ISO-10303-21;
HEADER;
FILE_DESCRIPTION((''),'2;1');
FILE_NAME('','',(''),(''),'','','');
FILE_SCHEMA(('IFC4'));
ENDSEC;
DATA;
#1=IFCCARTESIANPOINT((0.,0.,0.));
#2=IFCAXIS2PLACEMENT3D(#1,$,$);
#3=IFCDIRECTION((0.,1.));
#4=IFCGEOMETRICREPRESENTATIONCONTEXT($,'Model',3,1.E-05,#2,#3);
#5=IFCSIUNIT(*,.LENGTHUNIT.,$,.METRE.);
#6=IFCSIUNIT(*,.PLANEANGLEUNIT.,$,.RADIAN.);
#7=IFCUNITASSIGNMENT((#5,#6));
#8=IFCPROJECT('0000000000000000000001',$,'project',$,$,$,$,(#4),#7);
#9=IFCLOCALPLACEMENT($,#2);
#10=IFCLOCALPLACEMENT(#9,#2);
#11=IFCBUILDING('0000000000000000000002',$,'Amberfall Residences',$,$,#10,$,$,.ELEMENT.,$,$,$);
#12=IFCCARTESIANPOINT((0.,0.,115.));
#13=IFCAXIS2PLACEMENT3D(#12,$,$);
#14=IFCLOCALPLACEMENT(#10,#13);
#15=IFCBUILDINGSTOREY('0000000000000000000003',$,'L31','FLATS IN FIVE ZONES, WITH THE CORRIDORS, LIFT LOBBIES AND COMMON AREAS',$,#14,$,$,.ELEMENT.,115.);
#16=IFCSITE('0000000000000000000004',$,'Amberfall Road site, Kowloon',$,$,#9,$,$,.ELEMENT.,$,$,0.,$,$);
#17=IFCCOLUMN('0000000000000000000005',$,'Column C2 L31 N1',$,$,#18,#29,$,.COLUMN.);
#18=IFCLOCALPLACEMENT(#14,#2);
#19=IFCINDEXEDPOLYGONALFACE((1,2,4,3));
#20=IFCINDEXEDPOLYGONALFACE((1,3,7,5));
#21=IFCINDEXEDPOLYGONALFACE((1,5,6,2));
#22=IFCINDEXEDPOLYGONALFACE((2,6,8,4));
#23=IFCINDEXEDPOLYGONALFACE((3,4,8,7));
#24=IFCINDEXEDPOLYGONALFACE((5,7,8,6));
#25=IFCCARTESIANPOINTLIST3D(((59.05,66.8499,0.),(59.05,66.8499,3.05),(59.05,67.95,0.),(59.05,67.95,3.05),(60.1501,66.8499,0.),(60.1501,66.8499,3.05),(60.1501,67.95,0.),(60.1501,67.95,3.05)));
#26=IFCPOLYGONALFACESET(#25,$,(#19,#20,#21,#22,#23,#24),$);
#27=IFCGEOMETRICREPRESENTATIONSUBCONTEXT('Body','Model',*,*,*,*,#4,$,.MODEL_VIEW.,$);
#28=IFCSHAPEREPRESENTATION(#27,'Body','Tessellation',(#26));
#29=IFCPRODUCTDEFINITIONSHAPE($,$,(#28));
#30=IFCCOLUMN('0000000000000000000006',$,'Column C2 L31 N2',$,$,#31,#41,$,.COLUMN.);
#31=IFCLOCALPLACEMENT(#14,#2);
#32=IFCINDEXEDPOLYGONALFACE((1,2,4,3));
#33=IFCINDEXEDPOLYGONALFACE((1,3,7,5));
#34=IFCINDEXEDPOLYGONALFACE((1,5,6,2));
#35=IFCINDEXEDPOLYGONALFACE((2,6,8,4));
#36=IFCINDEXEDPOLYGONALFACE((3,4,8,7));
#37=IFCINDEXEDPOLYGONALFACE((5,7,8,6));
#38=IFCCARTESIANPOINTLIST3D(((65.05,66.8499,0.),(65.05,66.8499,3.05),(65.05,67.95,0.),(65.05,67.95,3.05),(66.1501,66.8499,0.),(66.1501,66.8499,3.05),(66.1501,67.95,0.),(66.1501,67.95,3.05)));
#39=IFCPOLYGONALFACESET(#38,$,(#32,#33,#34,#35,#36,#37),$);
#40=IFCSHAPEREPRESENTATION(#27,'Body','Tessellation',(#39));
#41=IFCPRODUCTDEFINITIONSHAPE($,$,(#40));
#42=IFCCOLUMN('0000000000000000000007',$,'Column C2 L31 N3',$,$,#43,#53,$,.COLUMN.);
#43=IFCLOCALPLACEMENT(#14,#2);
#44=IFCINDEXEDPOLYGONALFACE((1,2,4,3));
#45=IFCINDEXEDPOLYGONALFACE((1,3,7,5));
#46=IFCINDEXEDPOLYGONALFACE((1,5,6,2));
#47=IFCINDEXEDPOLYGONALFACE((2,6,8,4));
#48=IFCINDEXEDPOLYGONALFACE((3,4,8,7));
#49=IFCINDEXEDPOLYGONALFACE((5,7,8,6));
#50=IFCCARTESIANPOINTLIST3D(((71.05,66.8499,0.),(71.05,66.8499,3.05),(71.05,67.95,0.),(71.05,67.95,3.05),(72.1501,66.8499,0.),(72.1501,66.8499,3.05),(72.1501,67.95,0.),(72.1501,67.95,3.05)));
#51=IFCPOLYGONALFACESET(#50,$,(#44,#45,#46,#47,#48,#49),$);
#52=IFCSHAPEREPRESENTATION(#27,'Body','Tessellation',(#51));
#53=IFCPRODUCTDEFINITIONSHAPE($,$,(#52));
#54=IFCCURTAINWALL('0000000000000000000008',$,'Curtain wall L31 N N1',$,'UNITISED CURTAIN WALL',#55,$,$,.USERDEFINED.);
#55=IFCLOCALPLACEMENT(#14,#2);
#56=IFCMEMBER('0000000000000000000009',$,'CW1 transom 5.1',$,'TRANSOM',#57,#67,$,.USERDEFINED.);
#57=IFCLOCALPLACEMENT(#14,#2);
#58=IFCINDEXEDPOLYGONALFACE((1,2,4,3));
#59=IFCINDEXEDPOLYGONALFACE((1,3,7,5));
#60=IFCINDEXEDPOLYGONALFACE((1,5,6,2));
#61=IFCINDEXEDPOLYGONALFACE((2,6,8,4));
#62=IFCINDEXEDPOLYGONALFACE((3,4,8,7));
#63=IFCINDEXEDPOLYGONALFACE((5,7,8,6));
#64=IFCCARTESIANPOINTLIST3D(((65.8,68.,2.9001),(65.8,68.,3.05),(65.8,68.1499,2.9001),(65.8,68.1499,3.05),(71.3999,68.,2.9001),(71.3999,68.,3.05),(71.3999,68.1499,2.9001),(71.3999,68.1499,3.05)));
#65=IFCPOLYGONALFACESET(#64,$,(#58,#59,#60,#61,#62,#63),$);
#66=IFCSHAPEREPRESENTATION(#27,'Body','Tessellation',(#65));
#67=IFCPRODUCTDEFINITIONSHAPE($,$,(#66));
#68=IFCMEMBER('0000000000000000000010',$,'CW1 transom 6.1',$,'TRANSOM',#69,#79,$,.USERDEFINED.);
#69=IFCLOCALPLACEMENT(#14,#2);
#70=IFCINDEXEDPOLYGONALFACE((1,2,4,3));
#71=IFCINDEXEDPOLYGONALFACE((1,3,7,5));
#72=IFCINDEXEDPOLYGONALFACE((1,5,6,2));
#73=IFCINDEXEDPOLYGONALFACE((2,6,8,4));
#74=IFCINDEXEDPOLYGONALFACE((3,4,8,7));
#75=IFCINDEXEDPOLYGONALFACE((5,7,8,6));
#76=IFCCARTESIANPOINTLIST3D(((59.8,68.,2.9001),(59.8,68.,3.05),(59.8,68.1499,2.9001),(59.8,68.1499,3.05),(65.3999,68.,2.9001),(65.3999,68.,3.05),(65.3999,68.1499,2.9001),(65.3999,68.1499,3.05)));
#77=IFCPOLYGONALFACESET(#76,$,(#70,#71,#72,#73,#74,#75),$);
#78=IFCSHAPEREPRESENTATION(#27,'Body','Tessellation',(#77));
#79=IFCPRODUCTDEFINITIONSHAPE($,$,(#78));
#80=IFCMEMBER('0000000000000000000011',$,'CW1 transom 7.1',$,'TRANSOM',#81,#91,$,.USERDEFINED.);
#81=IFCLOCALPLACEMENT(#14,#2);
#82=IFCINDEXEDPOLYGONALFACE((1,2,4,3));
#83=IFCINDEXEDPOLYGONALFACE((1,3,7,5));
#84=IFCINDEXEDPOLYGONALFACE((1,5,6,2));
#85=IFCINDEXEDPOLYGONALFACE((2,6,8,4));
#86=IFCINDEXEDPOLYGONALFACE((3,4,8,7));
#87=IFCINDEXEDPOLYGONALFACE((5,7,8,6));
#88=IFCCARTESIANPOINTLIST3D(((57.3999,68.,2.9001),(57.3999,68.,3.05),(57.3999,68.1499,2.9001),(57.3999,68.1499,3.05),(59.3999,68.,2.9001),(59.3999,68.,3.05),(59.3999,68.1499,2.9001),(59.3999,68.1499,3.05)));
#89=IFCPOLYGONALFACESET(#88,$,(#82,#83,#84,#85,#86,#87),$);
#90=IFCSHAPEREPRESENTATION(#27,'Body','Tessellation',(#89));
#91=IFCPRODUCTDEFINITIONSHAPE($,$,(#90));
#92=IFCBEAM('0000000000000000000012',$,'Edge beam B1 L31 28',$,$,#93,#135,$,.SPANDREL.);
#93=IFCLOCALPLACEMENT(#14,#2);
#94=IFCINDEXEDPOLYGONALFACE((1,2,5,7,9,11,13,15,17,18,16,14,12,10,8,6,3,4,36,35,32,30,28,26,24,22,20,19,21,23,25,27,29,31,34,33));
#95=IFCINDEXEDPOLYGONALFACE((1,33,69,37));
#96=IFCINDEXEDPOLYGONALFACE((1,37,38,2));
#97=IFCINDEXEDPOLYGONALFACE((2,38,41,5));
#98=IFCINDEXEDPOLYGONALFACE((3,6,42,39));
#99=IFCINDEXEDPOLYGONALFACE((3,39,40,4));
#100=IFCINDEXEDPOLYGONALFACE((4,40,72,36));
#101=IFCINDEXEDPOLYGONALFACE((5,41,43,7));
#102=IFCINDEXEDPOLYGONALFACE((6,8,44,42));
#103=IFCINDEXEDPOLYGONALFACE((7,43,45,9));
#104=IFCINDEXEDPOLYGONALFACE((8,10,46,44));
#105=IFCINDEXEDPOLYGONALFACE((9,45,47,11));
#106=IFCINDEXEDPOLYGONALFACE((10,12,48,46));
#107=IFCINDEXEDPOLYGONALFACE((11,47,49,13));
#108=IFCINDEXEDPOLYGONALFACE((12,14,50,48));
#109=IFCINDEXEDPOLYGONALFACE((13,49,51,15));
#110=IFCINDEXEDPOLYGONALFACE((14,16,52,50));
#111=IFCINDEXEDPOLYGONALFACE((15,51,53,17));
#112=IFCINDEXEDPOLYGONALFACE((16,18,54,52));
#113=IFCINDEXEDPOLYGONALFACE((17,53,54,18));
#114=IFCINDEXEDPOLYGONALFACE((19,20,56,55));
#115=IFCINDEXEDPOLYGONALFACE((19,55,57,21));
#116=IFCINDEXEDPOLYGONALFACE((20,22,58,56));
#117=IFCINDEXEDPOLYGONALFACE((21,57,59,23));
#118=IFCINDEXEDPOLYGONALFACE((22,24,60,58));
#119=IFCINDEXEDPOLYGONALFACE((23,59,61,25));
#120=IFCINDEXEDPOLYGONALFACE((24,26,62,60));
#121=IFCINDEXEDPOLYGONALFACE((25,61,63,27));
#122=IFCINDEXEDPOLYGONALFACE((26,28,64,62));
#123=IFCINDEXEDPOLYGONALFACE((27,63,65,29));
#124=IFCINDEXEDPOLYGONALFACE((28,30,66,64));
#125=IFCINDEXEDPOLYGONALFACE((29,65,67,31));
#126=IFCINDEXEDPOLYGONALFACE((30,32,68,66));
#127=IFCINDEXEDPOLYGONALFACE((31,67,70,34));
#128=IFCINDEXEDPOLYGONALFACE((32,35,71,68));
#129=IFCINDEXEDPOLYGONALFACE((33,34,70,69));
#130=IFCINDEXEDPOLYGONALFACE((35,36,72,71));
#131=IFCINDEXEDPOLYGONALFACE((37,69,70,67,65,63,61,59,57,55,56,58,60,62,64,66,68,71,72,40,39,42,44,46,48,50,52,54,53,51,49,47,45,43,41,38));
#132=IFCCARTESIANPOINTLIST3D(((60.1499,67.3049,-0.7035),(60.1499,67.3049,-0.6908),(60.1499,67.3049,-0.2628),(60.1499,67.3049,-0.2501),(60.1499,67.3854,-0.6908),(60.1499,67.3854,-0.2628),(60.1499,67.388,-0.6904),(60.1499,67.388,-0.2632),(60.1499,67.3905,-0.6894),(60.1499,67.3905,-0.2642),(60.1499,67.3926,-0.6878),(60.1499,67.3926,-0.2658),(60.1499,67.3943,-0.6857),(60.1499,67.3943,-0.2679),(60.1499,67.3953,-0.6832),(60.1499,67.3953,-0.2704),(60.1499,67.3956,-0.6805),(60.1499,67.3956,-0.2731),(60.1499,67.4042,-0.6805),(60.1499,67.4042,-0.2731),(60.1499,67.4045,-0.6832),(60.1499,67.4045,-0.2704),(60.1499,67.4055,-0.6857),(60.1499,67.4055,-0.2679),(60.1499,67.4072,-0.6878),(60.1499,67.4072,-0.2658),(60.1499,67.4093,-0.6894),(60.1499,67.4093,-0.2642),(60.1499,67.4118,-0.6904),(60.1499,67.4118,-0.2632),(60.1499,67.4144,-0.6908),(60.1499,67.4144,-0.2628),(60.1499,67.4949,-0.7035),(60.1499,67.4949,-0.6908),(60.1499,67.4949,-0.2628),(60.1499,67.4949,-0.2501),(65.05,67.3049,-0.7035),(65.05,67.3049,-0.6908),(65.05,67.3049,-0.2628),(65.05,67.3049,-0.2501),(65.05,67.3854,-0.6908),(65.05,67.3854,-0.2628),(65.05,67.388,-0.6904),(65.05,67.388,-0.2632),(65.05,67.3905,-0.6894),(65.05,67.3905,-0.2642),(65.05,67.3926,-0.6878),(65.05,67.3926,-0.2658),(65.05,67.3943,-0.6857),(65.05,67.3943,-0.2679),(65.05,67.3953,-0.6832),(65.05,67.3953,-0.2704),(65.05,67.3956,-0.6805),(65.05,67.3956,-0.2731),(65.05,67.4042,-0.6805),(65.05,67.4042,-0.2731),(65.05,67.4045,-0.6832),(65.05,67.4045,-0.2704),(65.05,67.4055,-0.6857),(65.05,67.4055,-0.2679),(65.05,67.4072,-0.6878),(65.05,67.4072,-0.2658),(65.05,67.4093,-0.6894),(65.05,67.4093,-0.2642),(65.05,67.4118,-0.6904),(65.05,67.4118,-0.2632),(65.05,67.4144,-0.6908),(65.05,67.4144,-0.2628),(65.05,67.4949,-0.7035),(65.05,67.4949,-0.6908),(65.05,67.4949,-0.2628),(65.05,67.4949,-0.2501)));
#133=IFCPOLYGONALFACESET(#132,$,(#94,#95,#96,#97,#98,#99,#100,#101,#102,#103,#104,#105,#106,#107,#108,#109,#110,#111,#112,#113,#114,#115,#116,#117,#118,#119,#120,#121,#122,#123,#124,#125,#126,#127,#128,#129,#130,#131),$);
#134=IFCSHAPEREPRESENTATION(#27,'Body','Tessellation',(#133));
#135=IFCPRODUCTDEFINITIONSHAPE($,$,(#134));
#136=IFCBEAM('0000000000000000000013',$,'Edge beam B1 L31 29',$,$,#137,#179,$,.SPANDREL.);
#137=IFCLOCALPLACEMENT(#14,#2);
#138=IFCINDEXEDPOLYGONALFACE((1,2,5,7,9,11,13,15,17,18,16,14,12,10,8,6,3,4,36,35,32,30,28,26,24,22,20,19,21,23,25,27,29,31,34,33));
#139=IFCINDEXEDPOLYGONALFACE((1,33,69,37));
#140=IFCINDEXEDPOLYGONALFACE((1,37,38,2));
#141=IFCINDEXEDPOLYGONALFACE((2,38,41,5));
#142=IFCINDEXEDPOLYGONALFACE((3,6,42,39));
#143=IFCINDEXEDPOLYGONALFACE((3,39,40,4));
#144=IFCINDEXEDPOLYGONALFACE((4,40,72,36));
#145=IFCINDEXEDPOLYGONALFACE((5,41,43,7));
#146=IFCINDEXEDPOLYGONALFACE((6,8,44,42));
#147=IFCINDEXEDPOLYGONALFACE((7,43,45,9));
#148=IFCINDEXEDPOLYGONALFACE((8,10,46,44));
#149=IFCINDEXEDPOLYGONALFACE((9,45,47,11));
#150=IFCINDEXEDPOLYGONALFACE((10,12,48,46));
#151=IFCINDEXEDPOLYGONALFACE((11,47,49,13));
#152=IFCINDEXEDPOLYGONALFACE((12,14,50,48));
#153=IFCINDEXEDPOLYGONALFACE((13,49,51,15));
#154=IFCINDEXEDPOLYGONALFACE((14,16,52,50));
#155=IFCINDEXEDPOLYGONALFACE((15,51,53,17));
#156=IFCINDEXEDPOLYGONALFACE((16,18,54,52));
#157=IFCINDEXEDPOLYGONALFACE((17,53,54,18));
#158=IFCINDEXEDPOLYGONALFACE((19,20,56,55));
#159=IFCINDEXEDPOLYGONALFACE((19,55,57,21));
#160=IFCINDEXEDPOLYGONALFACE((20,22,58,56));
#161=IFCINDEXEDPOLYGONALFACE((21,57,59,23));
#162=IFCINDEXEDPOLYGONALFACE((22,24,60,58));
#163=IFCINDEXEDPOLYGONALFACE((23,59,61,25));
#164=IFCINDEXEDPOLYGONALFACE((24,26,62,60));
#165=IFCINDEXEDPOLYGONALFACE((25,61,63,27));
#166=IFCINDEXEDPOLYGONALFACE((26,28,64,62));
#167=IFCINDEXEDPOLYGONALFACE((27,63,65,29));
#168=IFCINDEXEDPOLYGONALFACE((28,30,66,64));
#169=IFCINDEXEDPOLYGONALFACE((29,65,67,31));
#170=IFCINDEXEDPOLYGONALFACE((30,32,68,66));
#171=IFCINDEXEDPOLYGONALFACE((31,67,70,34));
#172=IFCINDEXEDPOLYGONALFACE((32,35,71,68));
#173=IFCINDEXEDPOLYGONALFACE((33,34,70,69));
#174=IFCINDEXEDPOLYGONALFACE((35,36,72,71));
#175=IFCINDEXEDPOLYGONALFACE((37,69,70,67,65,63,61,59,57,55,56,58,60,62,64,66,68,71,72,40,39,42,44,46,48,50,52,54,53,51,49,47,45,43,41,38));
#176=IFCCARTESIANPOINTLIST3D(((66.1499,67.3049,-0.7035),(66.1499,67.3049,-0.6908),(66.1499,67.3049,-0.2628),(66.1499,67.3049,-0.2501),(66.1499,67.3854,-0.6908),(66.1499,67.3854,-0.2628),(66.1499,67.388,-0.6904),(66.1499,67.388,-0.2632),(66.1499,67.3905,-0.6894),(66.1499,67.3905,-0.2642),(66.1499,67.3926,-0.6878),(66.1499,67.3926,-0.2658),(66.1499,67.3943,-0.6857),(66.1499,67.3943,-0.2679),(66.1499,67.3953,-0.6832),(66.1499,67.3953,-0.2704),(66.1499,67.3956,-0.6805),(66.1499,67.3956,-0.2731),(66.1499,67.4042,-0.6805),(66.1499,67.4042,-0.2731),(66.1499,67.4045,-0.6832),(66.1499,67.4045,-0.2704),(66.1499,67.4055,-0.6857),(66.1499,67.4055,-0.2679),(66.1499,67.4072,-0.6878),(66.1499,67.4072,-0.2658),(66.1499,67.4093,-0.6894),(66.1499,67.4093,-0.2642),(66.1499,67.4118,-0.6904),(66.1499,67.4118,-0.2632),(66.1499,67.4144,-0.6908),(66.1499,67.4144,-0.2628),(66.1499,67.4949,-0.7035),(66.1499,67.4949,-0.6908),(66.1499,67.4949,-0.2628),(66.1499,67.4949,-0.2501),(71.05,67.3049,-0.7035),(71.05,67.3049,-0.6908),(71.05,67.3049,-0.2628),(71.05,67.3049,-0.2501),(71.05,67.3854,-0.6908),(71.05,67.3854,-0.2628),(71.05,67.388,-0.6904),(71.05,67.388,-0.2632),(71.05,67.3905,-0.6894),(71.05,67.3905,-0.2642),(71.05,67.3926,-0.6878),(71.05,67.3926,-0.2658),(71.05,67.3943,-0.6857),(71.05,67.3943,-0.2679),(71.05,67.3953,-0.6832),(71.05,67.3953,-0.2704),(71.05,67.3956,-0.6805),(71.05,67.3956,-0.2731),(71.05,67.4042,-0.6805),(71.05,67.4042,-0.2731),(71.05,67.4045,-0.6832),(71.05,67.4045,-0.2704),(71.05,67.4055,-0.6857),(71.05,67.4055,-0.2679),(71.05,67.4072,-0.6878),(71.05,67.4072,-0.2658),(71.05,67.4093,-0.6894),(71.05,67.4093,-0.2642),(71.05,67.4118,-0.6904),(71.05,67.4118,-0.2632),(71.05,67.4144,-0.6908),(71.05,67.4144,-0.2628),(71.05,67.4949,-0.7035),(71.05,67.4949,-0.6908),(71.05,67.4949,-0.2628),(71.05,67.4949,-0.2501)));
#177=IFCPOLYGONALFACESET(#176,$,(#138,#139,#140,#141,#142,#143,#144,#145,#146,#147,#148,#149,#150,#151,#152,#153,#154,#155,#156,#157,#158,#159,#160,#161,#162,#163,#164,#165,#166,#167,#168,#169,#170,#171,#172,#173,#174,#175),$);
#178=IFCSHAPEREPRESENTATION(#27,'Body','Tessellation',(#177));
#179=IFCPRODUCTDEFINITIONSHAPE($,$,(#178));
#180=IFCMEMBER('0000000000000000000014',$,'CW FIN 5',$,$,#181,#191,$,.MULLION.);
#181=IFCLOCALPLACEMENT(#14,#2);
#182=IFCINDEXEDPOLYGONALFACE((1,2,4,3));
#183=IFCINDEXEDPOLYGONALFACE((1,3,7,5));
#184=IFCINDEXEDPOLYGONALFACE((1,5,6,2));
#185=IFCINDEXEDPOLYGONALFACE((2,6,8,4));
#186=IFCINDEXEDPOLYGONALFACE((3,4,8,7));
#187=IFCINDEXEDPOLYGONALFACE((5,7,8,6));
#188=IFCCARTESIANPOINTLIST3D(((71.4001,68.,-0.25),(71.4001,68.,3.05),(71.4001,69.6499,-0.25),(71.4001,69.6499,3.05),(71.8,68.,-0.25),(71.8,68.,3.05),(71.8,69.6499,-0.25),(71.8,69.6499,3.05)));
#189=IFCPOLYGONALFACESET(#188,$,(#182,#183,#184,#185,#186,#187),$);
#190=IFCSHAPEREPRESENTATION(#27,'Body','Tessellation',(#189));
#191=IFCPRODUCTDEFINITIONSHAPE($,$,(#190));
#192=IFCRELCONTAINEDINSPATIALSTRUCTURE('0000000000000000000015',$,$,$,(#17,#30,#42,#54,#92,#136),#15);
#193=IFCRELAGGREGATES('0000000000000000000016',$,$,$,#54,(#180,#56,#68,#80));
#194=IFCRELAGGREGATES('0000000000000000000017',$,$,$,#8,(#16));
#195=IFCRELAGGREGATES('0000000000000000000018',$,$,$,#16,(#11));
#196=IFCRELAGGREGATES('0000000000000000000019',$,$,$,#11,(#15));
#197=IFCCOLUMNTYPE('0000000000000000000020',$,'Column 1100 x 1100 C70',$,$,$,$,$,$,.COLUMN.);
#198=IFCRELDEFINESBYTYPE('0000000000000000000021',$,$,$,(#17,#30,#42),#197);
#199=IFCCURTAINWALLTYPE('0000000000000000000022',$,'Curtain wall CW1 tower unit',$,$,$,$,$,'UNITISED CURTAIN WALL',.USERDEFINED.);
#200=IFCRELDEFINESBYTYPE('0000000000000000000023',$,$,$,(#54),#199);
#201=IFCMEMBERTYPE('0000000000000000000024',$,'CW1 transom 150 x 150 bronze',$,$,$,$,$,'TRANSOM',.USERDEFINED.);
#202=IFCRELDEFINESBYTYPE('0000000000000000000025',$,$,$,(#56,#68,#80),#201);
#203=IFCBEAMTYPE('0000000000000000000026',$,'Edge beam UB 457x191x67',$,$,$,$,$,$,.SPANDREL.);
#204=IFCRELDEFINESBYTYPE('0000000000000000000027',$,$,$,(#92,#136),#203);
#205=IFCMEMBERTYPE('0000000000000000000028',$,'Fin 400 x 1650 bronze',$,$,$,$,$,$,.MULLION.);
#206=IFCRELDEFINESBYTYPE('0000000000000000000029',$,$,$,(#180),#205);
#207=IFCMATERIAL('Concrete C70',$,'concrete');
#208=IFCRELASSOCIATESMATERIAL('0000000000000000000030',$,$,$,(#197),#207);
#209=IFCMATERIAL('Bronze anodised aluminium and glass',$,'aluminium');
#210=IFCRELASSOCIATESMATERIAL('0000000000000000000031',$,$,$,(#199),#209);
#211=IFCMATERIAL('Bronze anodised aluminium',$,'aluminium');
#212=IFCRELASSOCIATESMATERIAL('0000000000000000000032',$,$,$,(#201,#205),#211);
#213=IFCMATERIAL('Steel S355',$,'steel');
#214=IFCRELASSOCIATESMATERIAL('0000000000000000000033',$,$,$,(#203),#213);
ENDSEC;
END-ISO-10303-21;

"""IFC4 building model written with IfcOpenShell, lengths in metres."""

from ifc_helpers import new_model, si_unit, direction, frame, origin, origin_2d, place, context, subcontext, project, spatial, rectangle, i_section, extrude, material, material_profile, profile_set, type_object, element, aggregate, save


model = new_model("IFC4")

# Units and contexts
model_context = context("Model", 3, precision=1e-05, world=origin(), true_north=direction((0.0, 1.0)))
body_context = subcontext(model_context, "Body", "Model", "MODEL_VIEW")
ifc_project = project(units=[si_unit("LENGTHUNIT", "METRE"), si_unit("PLANEANGLEUNIT", "RADIAN")], contexts=[model_context])

# Site, building, storey
site_placement = place(None, origin())
site = spatial("IfcSite", under=ifc_project, at=site_placement, Name="Amberfall Road site, Kowloon", CompositionType="ELEMENT", RefElevation=0.0)
building_placement = place(site_placement, origin())
building = spatial("IfcBuilding", under=site, at=building_placement, Name="Amberfall Residences", CompositionType="ELEMENT")
storey_placement = place(building_placement, frame((0.0, 0.0, 115.0)))
storey = spatial("IfcBuildingStorey", under=building, at=storey_placement, Name="L31", Description="FLATS IN FIVE ZONES, WITH THE CORRIDORS, LIFT LOBBIES AND COMMON AREAS", CompositionType="ELEMENT", Elevation=115.0)

# Columns
ifc_material_1 = material(Name="Concrete C70", Category="concrete")
ifc_material_profile_1 = material_profile(ifc_material_1, rectangle(XDim=1.1001, YDim=1.1001, at=origin_2d()), Name="Column 1100 x 1100 C70")
ifc_profile_set_1 = profile_set([ifc_material_profile_1], Name="Concrete C70")
column_type = type_object("IfcColumnType", Name="Column 1100 x 1100 C70", PredefinedType="COLUMN", material=ifc_profile_set_1)
for number, where, z_axis, x_axis, name in (
    (1, (59.6001, 67.3999, 0.0), (0.0, 0.0, 1.0), (1.0, 0.0, 0.0), "Column C2 L31 N1"),
    (2, (65.6001, 67.3999, 0.0), (0.0, 0.0, 1.0), (1.0, 0.0, 0.0), "Column C2 L31 N2"),
    (3, (71.6001, 67.3999, 0.0), (0.0, 0.0, 1.0), (1.0, 0.0, 0.0), "Column C2 L31 N3"),
):
    element("IfcColumn", number, at=place(storey_placement, frame(where, z_axis=z_axis, x_axis=x_axis)), inside=storey, type_object=column_type, Name=name, PredefinedType="COLUMN", context=body_context, shape_type="SweptSolid", body=[
        extrude(rectangle(XDim=1.1001, YDim=1.1001, at=origin_2d()), origin(), (0.0, 0.0, 1.0), 3.05),
    ])

# Curtain wall, members
ifc_material_2 = material(Name="Bronze anodised aluminium and glass", Category="aluminium")
curtain_wall_type = type_object("IfcCurtainWallType", Name="Curtain wall CW1 tower unit", ElementType="UNITISED CURTAIN WALL", PredefinedType="USERDEFINED", material=ifc_material_2)
curtain_wall_placement = place(storey_placement, origin())
curtain_wall = element("IfcCurtainWall", 4, at=curtain_wall_placement, inside=storey, type_object=curtain_wall_type, Name="Curtain wall L31 N N1", ObjectType="UNITISED CURTAIN WALL", PredefinedType="USERDEFINED")
ifc_material_3 = material(Name="Bronze anodised aluminium", Category="aluminium")
ifc_material_profile_2 = material_profile(ifc_material_3, rectangle(XDim=0.1499, YDim=0.1499, at=origin_2d()), Name="CW1 transom 150 x 150 bronze")
ifc_profile_set_2 = profile_set([ifc_material_profile_2], Name="Bronze anodised aluminium")
member_type_1 = type_object("IfcMemberType", Name="CW1 transom 150 x 150 bronze", ElementType="TRANSOM", PredefinedType="USERDEFINED", material=ifc_profile_set_2)
member_1_placement = place(storey_placement, frame((71.3999, 68.075, 2.9751), z_axis=(-1.0, 0.0, 0.0), x_axis=(0.0, -1.0, 0.0)))
member_1 = element("IfcMember", 5, at=member_1_placement, type_object=member_type_1, Name="CW1 transom 5.1", ObjectType="TRANSOM", PredefinedType="USERDEFINED", context=body_context, shape_type="SweptSolid", body=[
    extrude(rectangle(XDim=0.1499, YDim=0.1499, at=origin_2d()), origin(), (0.0, 0.0, 1.0), 5.5999),
])
member_2_placement = place(storey_placement, frame((65.3999, 68.075, 2.9751), z_axis=(-1.0, 0.0, 0.0), x_axis=(0.0, -1.0, 0.0)))
member_2 = element("IfcMember", 6, at=member_2_placement, type_object=member_type_1, Name="CW1 transom 6.1", ObjectType="TRANSOM", PredefinedType="USERDEFINED", context=body_context, shape_type="SweptSolid", body=[
    extrude(rectangle(XDim=0.1499, YDim=0.1499, at=origin_2d()), origin(), (0.0, 0.0, 1.0), 5.5999),
])
member_3_placement = place(storey_placement, frame((59.3999, 68.075, 2.9751), z_axis=(-1.0, 0.0, 0.0), x_axis=(0.0, -1.0, 0.0)))
member_3 = element("IfcMember", 7, at=member_3_placement, type_object=member_type_1, Name="CW1 transom 7.1", ObjectType="TRANSOM", PredefinedType="USERDEFINED", context=body_context, shape_type="SweptSolid", body=[
    extrude(rectangle(XDim=0.1499, YDim=0.1499, at=origin_2d()), origin(), (0.0, 0.0, 1.0), 2.0),
])

# Beams
ifc_material_4 = material(Name="Steel S355", Category="steel")
ifc_material_profile_3 = material_profile(ifc_material_4, i_section(OverallWidth=0.1899, OverallDepth=0.4534, WebThickness=0.0085, FlangeThickness=0.0127, FilletRadius=0.0103, at=origin_2d()), Name="UB 457x191x67")
ifc_profile_set_3 = profile_set([ifc_material_profile_3], Name="Steel S355")
beam_type_1 = type_object("IfcBeamType", Name="Edge beam UB 457x191x67", PredefinedType="SPANDREL", material=ifc_profile_set_3)
for number, where, z_axis, x_axis, name in (
    (8, (60.1499, 67.3999, -0.4768), (1.0, 0.0, 0.0), (0.0, 1.0, 0.0), "Edge beam B1 L31 28"),
    (9, (66.1499, 67.3999, -0.4768), (1.0, 0.0, 0.0), (0.0, 1.0, 0.0), "Edge beam B1 L31 29"),
):
    element("IfcBeam", number, at=place(storey_placement, frame(where, z_axis=z_axis, x_axis=x_axis)), inside=storey, type_object=beam_type_1, Name=name, PredefinedType="SPANDREL", context=body_context, shape_type="SweptSolid", body=[
        extrude(i_section(OverallWidth=0.1899, OverallDepth=0.4534, WebThickness=0.0085, FlangeThickness=0.0127, FilletRadius=0.0103, at=origin_2d()), origin(), (0.0, 0.0, 1.0), 4.9001),
    ])

# Member
ifc_material_profile_4 = material_profile(ifc_material_3, rectangle(XDim=1.6499, YDim=0.3999, at=origin_2d()), Name="Fin 400 x 1650 bronze")
ifc_profile_set_4 = profile_set([ifc_material_profile_4], Name="Bronze anodised aluminium")
member_type_2 = type_object("IfcMemberType", Name="Fin 400 x 1650 bronze", PredefinedType="MULLION", material=ifc_profile_set_4)
member_4_placement = place(storey_placement, frame((71.6001, 68.825, -0.25), z_axis=(0.0, 0.0, 1.0), x_axis=(0.0, -1.0, 0.0)))
member_4 = element("IfcMember", 10, at=member_4_placement, type_object=member_type_2, Name="CW FIN 5", PredefinedType="MULLION", context=body_context, shape_type="SweptSolid", body=[
    extrude(rectangle(XDim=1.6499, YDim=0.3999, at=origin_2d()), origin(), (0.0, 0.0, 1.0), 3.3),
])

aggregate(curtain_wall, [member_4, member_1, member_2, member_3])

save(model, "model.ifc")
